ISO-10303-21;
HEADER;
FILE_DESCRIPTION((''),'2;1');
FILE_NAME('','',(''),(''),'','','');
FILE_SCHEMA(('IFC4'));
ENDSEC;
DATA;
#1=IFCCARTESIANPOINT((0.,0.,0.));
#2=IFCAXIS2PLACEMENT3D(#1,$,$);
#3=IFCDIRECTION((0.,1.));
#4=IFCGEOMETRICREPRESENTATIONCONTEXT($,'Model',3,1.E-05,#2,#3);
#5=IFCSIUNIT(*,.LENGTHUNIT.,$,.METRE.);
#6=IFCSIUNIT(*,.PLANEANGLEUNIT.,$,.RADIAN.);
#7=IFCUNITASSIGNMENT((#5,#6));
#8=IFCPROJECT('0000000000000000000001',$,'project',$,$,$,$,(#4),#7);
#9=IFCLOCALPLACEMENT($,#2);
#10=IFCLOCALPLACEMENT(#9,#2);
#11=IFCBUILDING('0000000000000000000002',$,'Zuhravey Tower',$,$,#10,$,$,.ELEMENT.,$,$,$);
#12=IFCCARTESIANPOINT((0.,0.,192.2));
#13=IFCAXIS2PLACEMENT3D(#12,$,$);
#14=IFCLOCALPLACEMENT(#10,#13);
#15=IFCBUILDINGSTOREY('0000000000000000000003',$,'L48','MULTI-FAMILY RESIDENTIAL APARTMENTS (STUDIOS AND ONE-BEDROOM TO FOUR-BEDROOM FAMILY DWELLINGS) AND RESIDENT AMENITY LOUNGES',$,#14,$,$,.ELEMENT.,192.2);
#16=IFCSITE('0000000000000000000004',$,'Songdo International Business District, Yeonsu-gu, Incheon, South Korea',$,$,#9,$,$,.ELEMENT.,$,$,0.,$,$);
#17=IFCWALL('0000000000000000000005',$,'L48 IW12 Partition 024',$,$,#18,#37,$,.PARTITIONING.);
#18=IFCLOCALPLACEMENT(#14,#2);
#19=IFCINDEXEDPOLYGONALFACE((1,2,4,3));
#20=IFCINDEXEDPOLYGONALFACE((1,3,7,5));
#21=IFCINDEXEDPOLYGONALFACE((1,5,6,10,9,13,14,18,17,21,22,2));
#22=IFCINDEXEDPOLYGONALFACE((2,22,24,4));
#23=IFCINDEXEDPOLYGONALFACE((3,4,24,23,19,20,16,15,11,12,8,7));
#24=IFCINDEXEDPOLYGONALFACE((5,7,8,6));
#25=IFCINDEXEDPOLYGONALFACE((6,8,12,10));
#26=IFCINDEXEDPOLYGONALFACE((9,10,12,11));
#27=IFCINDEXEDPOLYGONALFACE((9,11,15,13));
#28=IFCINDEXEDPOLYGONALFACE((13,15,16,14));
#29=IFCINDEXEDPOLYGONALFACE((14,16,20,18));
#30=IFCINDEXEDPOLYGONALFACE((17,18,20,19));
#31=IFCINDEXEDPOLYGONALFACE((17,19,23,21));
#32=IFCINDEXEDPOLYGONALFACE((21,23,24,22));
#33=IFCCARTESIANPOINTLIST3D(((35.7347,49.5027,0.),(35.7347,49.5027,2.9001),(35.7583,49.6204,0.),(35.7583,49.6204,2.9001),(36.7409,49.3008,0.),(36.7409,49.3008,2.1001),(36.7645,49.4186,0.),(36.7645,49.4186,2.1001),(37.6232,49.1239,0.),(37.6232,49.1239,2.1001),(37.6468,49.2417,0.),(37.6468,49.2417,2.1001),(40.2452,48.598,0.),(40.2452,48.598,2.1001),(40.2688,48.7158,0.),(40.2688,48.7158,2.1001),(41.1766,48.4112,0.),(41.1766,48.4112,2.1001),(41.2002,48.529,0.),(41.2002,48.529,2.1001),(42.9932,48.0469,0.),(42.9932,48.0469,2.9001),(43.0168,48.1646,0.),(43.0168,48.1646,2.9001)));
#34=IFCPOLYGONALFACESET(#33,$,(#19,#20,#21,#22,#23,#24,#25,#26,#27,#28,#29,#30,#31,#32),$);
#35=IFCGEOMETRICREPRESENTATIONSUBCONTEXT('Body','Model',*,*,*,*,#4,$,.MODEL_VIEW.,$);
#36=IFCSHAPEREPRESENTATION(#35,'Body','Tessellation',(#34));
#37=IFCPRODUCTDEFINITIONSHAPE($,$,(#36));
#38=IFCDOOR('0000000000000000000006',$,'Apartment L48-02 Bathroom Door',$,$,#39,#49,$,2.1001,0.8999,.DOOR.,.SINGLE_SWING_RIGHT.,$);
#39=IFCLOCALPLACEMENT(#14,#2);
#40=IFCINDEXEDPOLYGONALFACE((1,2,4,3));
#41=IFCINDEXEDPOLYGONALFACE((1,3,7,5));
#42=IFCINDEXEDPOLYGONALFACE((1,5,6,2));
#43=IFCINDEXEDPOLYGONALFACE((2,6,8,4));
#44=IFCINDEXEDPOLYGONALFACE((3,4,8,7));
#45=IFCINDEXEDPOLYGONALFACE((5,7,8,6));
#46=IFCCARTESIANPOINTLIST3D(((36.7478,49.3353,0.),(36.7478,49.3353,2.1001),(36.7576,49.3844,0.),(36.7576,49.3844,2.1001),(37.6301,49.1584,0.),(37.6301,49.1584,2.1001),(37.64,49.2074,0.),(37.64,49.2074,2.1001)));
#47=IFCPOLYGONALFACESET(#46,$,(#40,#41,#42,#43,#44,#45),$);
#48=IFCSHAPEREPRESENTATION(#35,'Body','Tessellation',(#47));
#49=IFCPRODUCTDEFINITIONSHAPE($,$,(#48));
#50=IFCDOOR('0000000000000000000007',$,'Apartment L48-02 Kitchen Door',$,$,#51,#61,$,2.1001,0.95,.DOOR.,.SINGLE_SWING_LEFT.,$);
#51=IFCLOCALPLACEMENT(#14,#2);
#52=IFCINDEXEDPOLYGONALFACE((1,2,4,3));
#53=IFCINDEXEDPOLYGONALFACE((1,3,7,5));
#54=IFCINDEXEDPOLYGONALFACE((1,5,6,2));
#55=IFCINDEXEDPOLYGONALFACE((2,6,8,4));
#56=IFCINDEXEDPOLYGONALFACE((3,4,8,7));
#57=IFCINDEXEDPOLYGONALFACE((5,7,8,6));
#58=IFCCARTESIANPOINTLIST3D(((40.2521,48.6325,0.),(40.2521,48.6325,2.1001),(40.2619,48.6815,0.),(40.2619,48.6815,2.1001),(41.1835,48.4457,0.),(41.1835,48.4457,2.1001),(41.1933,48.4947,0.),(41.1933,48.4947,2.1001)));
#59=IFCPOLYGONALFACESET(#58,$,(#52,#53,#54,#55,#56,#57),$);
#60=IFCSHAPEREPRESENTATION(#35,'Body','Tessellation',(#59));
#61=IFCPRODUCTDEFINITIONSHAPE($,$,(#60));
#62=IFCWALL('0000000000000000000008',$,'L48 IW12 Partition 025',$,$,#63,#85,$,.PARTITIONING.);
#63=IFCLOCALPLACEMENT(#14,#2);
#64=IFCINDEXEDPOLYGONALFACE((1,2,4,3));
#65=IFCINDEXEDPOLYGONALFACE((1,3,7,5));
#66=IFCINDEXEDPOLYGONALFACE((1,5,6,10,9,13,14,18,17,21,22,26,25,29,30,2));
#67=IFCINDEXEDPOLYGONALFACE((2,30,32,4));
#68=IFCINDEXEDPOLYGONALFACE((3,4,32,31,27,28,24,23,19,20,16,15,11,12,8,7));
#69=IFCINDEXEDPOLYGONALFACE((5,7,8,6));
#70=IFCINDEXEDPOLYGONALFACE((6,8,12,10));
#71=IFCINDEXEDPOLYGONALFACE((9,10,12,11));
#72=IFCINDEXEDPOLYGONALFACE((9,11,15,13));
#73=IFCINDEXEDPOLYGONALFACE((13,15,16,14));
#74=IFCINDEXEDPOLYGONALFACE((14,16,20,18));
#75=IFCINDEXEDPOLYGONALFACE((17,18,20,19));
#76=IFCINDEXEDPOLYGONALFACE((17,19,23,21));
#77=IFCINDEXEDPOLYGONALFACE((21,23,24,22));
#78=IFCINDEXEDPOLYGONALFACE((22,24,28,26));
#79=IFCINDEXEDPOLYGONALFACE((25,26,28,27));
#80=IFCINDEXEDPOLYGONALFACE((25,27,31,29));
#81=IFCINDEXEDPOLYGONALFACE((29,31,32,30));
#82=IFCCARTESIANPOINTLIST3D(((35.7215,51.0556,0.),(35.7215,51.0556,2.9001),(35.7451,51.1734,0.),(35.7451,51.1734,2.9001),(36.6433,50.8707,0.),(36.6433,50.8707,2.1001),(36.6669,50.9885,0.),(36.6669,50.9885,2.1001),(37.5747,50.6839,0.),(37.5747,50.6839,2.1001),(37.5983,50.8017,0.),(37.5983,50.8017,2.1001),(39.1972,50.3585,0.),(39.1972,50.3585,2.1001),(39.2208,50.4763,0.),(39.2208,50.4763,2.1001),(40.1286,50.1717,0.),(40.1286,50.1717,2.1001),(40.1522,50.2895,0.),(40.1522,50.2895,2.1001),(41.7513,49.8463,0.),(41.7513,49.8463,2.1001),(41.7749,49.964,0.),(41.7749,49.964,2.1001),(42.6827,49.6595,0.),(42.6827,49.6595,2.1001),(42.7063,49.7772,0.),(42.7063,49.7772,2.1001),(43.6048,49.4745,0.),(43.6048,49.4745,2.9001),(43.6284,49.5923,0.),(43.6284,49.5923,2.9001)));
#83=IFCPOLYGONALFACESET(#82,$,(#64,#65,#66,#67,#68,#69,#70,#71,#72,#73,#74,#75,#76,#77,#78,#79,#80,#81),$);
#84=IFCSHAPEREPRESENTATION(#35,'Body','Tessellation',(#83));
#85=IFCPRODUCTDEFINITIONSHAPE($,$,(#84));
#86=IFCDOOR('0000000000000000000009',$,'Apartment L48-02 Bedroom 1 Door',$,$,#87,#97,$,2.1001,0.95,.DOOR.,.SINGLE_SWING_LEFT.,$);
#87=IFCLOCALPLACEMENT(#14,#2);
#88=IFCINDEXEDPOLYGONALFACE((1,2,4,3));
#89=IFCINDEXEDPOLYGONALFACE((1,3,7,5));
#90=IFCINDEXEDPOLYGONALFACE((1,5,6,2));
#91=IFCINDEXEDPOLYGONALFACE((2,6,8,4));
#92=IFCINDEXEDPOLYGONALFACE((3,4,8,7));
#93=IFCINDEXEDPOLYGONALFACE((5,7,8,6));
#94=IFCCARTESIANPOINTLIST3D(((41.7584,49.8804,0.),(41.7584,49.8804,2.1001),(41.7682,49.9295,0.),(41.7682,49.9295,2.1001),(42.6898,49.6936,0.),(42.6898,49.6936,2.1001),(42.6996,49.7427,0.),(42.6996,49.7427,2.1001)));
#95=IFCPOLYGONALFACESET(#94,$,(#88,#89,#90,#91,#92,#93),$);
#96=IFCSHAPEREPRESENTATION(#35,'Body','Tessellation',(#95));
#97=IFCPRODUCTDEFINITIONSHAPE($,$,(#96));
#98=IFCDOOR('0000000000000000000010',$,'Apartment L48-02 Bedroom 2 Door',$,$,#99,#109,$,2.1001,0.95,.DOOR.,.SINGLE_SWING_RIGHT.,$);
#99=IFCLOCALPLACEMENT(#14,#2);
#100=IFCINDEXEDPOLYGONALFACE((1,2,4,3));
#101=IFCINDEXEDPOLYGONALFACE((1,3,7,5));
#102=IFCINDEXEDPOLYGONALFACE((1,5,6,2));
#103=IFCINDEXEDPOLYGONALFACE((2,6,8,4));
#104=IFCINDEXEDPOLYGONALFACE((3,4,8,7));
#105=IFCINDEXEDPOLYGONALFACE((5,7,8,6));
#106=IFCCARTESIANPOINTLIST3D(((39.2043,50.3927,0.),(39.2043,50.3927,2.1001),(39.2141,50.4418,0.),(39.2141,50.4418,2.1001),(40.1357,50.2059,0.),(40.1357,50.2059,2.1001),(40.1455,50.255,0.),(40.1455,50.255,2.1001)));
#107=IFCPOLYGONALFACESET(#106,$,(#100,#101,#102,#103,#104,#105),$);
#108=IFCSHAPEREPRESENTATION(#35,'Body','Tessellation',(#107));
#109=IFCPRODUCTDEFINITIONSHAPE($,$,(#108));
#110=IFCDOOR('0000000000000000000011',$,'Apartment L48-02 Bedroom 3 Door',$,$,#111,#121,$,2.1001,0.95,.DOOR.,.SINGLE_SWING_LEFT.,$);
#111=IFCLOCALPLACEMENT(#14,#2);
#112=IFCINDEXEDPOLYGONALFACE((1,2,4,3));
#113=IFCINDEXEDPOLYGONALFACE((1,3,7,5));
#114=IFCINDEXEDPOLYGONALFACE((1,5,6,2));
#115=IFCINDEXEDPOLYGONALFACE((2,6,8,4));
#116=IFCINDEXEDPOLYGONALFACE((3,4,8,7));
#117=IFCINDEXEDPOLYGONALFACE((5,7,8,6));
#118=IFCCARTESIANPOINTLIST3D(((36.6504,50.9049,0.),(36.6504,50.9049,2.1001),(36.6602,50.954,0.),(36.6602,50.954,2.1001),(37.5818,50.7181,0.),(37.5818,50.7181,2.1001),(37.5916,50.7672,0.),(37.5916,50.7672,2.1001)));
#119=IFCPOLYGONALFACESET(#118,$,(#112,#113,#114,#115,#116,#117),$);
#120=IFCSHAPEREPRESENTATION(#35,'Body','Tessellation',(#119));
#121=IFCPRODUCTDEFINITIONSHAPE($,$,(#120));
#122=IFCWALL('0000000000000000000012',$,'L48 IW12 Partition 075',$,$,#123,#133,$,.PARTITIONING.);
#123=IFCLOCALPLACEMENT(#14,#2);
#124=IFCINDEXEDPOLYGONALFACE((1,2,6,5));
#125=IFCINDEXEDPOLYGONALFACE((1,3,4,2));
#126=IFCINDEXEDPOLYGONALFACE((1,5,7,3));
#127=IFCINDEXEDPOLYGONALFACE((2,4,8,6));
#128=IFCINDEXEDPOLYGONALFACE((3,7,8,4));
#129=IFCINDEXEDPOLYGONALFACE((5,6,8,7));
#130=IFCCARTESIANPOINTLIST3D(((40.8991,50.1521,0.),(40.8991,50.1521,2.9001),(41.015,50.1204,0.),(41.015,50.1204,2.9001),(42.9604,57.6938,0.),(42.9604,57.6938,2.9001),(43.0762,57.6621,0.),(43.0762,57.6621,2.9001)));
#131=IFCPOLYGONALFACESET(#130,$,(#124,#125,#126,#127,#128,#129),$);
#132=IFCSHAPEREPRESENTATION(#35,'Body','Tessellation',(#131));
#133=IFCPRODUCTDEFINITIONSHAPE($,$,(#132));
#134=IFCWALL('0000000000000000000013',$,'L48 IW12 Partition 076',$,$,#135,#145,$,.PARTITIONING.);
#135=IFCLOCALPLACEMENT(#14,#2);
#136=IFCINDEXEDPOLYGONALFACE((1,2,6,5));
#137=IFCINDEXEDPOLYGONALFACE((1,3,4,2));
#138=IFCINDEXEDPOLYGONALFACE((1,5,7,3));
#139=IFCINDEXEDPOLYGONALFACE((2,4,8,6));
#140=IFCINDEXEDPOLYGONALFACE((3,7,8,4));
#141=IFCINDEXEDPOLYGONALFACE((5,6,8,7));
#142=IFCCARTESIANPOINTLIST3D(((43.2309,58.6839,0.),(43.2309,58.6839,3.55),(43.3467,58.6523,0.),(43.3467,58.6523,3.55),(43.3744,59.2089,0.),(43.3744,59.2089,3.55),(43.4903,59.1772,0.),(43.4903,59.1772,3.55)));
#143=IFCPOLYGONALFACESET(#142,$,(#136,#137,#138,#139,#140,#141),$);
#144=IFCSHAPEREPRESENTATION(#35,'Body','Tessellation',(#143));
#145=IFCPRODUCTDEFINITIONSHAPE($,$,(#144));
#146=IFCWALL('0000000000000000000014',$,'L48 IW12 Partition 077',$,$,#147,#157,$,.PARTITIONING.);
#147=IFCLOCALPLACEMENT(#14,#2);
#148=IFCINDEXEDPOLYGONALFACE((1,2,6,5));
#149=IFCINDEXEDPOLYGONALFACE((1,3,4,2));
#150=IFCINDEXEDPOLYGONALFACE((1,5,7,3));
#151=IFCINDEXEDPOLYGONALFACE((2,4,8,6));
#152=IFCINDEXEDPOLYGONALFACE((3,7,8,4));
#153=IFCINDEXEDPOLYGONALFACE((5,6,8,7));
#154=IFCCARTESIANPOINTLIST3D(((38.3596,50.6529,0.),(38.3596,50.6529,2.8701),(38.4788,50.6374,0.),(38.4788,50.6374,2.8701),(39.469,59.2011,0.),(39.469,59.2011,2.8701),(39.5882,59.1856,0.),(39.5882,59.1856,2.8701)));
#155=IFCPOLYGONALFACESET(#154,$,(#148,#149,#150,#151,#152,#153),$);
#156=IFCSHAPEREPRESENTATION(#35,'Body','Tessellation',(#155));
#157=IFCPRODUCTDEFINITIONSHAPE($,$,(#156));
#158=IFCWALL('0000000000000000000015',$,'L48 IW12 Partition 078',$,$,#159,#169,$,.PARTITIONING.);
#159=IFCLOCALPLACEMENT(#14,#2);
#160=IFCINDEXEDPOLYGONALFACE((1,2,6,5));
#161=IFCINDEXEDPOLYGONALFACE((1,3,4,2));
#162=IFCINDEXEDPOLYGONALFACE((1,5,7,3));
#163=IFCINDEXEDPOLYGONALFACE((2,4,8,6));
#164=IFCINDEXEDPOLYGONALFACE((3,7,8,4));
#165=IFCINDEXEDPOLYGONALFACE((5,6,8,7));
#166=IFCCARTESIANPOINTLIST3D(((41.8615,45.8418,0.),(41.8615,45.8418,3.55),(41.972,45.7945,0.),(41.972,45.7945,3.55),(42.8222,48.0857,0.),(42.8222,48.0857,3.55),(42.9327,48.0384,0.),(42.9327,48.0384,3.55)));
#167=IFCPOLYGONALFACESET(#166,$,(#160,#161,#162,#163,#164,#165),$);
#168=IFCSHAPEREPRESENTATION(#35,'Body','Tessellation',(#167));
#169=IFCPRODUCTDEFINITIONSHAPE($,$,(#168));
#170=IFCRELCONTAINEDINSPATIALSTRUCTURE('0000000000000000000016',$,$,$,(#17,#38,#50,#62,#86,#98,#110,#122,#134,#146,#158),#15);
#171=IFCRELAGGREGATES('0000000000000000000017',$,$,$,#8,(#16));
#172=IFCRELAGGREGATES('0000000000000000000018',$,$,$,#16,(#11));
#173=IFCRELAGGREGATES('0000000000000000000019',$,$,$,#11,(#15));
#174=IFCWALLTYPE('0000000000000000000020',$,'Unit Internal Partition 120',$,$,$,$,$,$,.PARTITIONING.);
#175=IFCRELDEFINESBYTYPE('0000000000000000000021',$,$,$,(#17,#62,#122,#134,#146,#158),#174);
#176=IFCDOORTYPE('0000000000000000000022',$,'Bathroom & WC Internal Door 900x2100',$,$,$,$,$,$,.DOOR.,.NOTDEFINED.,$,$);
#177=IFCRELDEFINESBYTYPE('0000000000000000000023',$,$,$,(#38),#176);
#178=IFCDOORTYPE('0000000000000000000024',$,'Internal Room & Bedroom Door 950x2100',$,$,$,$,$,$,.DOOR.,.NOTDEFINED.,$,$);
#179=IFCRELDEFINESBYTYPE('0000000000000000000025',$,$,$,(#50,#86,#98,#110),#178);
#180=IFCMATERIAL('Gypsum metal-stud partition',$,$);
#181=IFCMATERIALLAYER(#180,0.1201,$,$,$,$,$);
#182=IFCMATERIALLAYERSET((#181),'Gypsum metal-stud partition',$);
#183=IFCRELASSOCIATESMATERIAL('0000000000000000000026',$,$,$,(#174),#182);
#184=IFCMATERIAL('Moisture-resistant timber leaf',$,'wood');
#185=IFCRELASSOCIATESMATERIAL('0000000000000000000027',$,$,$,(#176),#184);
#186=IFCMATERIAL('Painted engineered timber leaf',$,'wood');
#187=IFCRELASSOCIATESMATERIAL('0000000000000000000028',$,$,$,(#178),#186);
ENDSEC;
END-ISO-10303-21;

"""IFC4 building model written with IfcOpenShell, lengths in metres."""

from ifc_helpers import new_model, si_unit, direction, frame, frame_2d, origin, place, context, subcontext, project, spatial, rectangle, extrude, material, layer, layer_set, type_object, element, fill, save


model = new_model("IFC4")

# Units and contexts
model_context = context("Model", 3, precision=1e-05, world=origin(), true_north=direction((0.0, 1.0)))
body_context = subcontext(model_context, "Body", "Model", "MODEL_VIEW")
ifc_project = project(units=[si_unit("LENGTHUNIT", "METRE"), si_unit("PLANEANGLEUNIT", "RADIAN")], contexts=[model_context])

# Site, building, storey
site_placement = place(None, origin())
site = spatial("IfcSite", under=ifc_project, at=site_placement, Name="Songdo International Business District, Yeonsu-gu, Incheon, South Korea", CompositionType="ELEMENT", RefElevation=0.0)
building_placement = place(site_placement, origin())
building = spatial("IfcBuilding", under=site, at=building_placement, Name="Zuhravey Tower", CompositionType="ELEMENT")
storey_placement = place(building_placement, frame((0.0, 0.0, 192.2)))
storey = spatial("IfcBuildingStorey", under=building, at=storey_placement, Name="L48", Description="MULTI-FAMILY RESIDENTIAL APARTMENTS (STUDIOS AND ONE-BEDROOM TO FOUR-BEDROOM FAMILY DWELLINGS) AND RESIDENT AMENITY LOUNGES", CompositionType="ELEMENT", Elevation=192.2)

# Walls, openings, doors
ifc_material_1 = material(Name="Gypsum metal-stud partition")
ifc_layer_1 = layer(ifc_material_1, 0.1201)
ifc_layer_set_1 = layer_set([ifc_layer_1], Name="Gypsum metal-stud partition")
wall_type = type_object("IfcWallType", Name="Unit Internal Partition 120", PredefinedType="PARTITIONING", material=ifc_layer_set_1)
wall_1_placement = place(storey_placement, frame((43.0051, 48.1057, 0.0), z_axis=(0.0, 0.0, 1.0), x_axis=(-0.980474, 0.196649, 0.0)))
wall_1 = element("IfcWall", 1, at=wall_1_placement, inside=storey, type_object=wall_type, Name="L48 IW12 Partition 024", PredefinedType="PARTITIONING", context=body_context, shape_type="SweptSolid", body=[
    extrude(rectangle(XDim=7.4031, YDim=0.1201, at=frame_2d((3.7017, 0.0))), origin(), (0.0, 0.0, 1.0), 2.9001),
])
opening_1_placement = place(wall_1_placement, frame((1.8528, 0.0, 0.0)))
opening_1 = element("IfcOpeningElement", 2, at=opening_1_placement, cuts=wall_1, PredefinedType="OPENING", context=body_context, shape_type="SweptSolid", body=[
    extrude(rectangle(XDim=0.95, YDim=2.1001, at=frame_2d((0.4751, 1.05))), frame((0.0, 0.072, 0.0), z_axis=(0.0, -1.0, 0.0), x_axis=(1.0, 0.0, 0.0)), (0.0, 0.0, 1.0), 0.144),
])
opening_2_placement = place(wall_1_placement, frame((5.4771, 0.0, 0.0)))
opening_2 = element("IfcOpeningElement", 3, at=opening_2_placement, cuts=wall_1, PredefinedType="OPENING", context=body_context, shape_type="SweptSolid", body=[
    extrude(rectangle(XDim=0.8999, YDim=2.1001, at=frame_2d((0.45, 1.05))), frame((0.0, 0.072, 0.0), z_axis=(0.0, -1.0, 0.0), x_axis=(1.0, 0.0, 0.0)), (0.0, 0.0, 1.0), 0.144),
])
ifc_material_2 = material(Name="Moisture-resistant timber leaf", Category="wood")
door_type_1 = type_object("IfcDoorType", Name="Bathroom & WC Internal Door 900x2100", OperationType="NOTDEFINED", PredefinedType="DOOR", material=ifc_material_2)
door_1_placement = place(opening_2_placement, origin())
door_1 = element("IfcDoor", 4, at=door_1_placement, inside=storey, type_object=door_type_1, Name="Apartment L48-02 Bathroom Door", OperationType="SINGLE_SWING_RIGHT", OverallHeight=2.1001, OverallWidth=0.8999, PredefinedType="DOOR", context=body_context, shape_type="SweptSolid", body=[
    extrude(rectangle(XDim=0.8999, YDim=2.1001, at=frame_2d((0.45, 1.05))), frame((0.0, 0.0249, 0.0), z_axis=(0.0, -1.0, 0.0), x_axis=(1.0, 0.0, 0.0)), (0.0, 0.0, 1.0), 0.05),
])
fill(opening_2, door_1)
ifc_material_3 = material(Name="Painted engineered timber leaf", Category="wood")
door_type_2 = type_object("IfcDoorType", Name="Internal Room & Bedroom Door 950x2100", OperationType="NOTDEFINED", PredefinedType="DOOR", material=ifc_material_3)
door_2_placement = place(opening_1_placement, origin())
door_2 = element("IfcDoor", 5, at=door_2_placement, inside=storey, type_object=door_type_2, Name="Apartment L48-02 Kitchen Door", OperationType="SINGLE_SWING_LEFT", OverallHeight=2.1001, OverallWidth=0.95, PredefinedType="DOOR", context=body_context, shape_type="SweptSolid", body=[
    extrude(rectangle(XDim=0.95, YDim=2.1001, at=frame_2d((0.4751, 1.05))), frame((0.0, 0.0249, 0.0), z_axis=(0.0, -1.0, 0.0), x_axis=(1.0, 0.0, 0.0)), (0.0, 0.0, 1.0), 0.05),
])
fill(opening_1, door_2)
wall_2_placement = place(storey_placement, frame((43.6165, 49.5334, 0.0), z_axis=(0.0, 0.0, 1.0), x_axis=(-0.980475, 0.196642, 0.0)))
wall_2 = element("IfcWall", 6, at=wall_2_placement, inside=storey, type_object=wall_type, Name="L48 IW12 Partition 025", PredefinedType="PARTITIONING", context=body_context, shape_type="SweptSolid", body=[
    extrude(rectangle(XDim=8.0403, YDim=0.1201, at=frame_2d((4.02, 0.0))), origin(), (0.0, 0.0, 1.0), 2.9001),
])
opening_3_placement = place(wall_2_placement, frame((0.9402, 0.0, 0.0)))
opening_3 = element("IfcOpeningElement", 7, at=opening_3_placement, cuts=wall_2, PredefinedType="OPENING", context=body_context, shape_type="SweptSolid", body=[
    extrude(rectangle(XDim=0.95, YDim=2.1001, at=frame_2d((0.4751, 1.05))), frame((0.0, 0.072, 0.0), z_axis=(0.0, -1.0, 0.0), x_axis=(1.0, 0.0, 0.0)), (0.0, 0.0, 1.0), 0.144),
])
opening_4_placement = place(wall_2_placement, frame((3.5452, 0.0, 0.0)))
opening_4 = element("IfcOpeningElement", 8, at=opening_4_placement, cuts=wall_2, PredefinedType="OPENING", context=body_context, shape_type="SweptSolid", body=[
    extrude(rectangle(XDim=0.95, YDim=2.1001, at=frame_2d((0.4751, 1.05))), frame((0.0, 0.072, 0.0), z_axis=(0.0, -1.0, 0.0), x_axis=(1.0, 0.0, 0.0)), (0.0, 0.0, 1.0), 0.144),
])
opening_5_placement = place(wall_2_placement, frame((6.1499, 0.0, 0.0)))
opening_5 = element("IfcOpeningElement", 9, at=opening_5_placement, cuts=wall_2, PredefinedType="OPENING", context=body_context, shape_type="SweptSolid", body=[
    extrude(rectangle(XDim=0.95, YDim=2.1001, at=frame_2d((0.4751, 1.05))), frame((0.0, 0.072, 0.0), z_axis=(0.0, -1.0, 0.0), x_axis=(1.0, 0.0, 0.0)), (0.0, 0.0, 1.0), 0.144),
])
door_3_placement = place(opening_3_placement, frame((0.95, 0.0, 0.0), z_axis=(0.0, 0.0, 1.0), x_axis=(-1.0, 0.0, 0.0)))
door_3 = element("IfcDoor", 10, at=door_3_placement, inside=storey, type_object=door_type_2, Name="Apartment L48-02 Bedroom 1 Door", OperationType="SINGLE_SWING_LEFT", OverallHeight=2.1001, OverallWidth=0.95, PredefinedType="DOOR", context=body_context, shape_type="SweptSolid", body=[
    extrude(rectangle(XDim=0.95, YDim=2.1001, at=frame_2d((0.4751, 1.05))), frame((0.0, 0.0249, 0.0), z_axis=(0.0, -1.0, 0.0), x_axis=(1.0, 0.0, 0.0)), (0.0, 0.0, 1.0), 0.05),
])
fill(opening_3, door_3)
door_4_placement = place(opening_4_placement, frame((0.95, 0.0, 0.0), z_axis=(0.0, 0.0, 1.0), x_axis=(-1.0, 0.0, 0.0)))
door_4 = element("IfcDoor", 11, at=door_4_placement, inside=storey, type_object=door_type_2, Name="Apartment L48-02 Bedroom 2 Door", OperationType="SINGLE_SWING_RIGHT", OverallHeight=2.1001, OverallWidth=0.95, PredefinedType="DOOR", context=body_context, shape_type="SweptSolid", body=[
    extrude(rectangle(XDim=0.95, YDim=2.1001, at=frame_2d((0.4751, 1.05))), frame((0.0, 0.0249, 0.0), z_axis=(0.0, -1.0, 0.0), x_axis=(1.0, 0.0, 0.0)), (0.0, 0.0, 1.0), 0.05),
])
fill(opening_4, door_4)
door_5_placement = place(opening_5_placement, frame((0.95, 0.0, 0.0), z_axis=(0.0, 0.0, 1.0), x_axis=(-1.0, 0.0, 0.0)))
door_5 = element("IfcDoor", 12, at=door_5_placement, inside=storey, type_object=door_type_2, Name="Apartment L48-02 Bedroom 3 Door", OperationType="SINGLE_SWING_LEFT", OverallHeight=2.1001, OverallWidth=0.95, PredefinedType="DOOR", context=body_context, shape_type="SweptSolid", body=[
    extrude(rectangle(XDim=0.95, YDim=2.1001, at=frame_2d((0.4751, 1.05))), frame((0.0, 0.0249, 0.0), z_axis=(0.0, -1.0, 0.0), x_axis=(1.0, 0.0, 0.0)), (0.0, 0.0, 1.0), 0.05),
])
fill(opening_5, door_5)

# Walls
wall_3_placement = place(storey_placement, frame((40.957, 50.1362, 0.0), z_axis=(0.0, 0.0, 1.0), x_axis=(0.263646, 0.96462, 0.0)))
element("IfcWall", 13, at=wall_3_placement, inside=storey, type_object=wall_type, Name="L48 IW12 Partition 075", PredefinedType="PARTITIONING", context=body_context, shape_type="SweptSolid", body=[
    extrude(rectangle(XDim=7.8184, YDim=0.1201, at=frame_2d((3.9092, 0.0))), origin(), (0.0, 0.0, 1.0), 2.9001),
])
wall_4_placement = place(storey_placement, frame((43.2888, 58.6682, 0.0), z_axis=(0.0, 0.0, 1.0), x_axis=(0.263801, 0.964577, 0.0)))
element("IfcWall", 14, at=wall_4_placement, inside=storey, type_object=wall_type, Name="L48 IW12 Partition 076", PredefinedType="PARTITIONING", context=body_context, shape_type="SweptSolid", body=[
    extrude(rectangle(XDim=0.5442, YDim=0.1201, at=frame_2d((0.272, 0.0))), origin(), (0.0, 0.0, 1.0), 3.55),
])
wall_5_placement = place(storey_placement, frame((38.4192, 50.645, 0.0), z_axis=(0.0, 0.0, 1.0), x_axis=(0.128701, 0.991683, 0.0)))
element("IfcWall", 15, at=wall_5_placement, inside=storey, type_object=wall_type, Name="L48 IW12 Partition 077", PredefinedType="PARTITIONING", context=body_context, shape_type="SweptSolid", body=[
    extrude(rectangle(XDim=8.6199, YDim=0.1201, at=frame_2d((4.3101, 0.0))), origin(), (0.0, 0.0, 1.0), 2.8701),
])
wall_6_placement = place(storey_placement, frame((41.9167, 45.8181, 0.0), z_axis=(0.0, 0.0, 1.0), x_axis=(0.393581, 0.91929, 0.0)))
element("IfcWall", 16, at=wall_6_placement, inside=storey, type_object=wall_type, Name="L48 IW12 Partition 078", PredefinedType="PARTITIONING", context=body_context, shape_type="SweptSolid", body=[
    extrude(rectangle(XDim=2.4409, YDim=0.1201, at=frame_2d((1.2205, 0.0))), origin(), (0.0, 0.0, 1.0), 3.55),
])

save(model, "model.ifc")
